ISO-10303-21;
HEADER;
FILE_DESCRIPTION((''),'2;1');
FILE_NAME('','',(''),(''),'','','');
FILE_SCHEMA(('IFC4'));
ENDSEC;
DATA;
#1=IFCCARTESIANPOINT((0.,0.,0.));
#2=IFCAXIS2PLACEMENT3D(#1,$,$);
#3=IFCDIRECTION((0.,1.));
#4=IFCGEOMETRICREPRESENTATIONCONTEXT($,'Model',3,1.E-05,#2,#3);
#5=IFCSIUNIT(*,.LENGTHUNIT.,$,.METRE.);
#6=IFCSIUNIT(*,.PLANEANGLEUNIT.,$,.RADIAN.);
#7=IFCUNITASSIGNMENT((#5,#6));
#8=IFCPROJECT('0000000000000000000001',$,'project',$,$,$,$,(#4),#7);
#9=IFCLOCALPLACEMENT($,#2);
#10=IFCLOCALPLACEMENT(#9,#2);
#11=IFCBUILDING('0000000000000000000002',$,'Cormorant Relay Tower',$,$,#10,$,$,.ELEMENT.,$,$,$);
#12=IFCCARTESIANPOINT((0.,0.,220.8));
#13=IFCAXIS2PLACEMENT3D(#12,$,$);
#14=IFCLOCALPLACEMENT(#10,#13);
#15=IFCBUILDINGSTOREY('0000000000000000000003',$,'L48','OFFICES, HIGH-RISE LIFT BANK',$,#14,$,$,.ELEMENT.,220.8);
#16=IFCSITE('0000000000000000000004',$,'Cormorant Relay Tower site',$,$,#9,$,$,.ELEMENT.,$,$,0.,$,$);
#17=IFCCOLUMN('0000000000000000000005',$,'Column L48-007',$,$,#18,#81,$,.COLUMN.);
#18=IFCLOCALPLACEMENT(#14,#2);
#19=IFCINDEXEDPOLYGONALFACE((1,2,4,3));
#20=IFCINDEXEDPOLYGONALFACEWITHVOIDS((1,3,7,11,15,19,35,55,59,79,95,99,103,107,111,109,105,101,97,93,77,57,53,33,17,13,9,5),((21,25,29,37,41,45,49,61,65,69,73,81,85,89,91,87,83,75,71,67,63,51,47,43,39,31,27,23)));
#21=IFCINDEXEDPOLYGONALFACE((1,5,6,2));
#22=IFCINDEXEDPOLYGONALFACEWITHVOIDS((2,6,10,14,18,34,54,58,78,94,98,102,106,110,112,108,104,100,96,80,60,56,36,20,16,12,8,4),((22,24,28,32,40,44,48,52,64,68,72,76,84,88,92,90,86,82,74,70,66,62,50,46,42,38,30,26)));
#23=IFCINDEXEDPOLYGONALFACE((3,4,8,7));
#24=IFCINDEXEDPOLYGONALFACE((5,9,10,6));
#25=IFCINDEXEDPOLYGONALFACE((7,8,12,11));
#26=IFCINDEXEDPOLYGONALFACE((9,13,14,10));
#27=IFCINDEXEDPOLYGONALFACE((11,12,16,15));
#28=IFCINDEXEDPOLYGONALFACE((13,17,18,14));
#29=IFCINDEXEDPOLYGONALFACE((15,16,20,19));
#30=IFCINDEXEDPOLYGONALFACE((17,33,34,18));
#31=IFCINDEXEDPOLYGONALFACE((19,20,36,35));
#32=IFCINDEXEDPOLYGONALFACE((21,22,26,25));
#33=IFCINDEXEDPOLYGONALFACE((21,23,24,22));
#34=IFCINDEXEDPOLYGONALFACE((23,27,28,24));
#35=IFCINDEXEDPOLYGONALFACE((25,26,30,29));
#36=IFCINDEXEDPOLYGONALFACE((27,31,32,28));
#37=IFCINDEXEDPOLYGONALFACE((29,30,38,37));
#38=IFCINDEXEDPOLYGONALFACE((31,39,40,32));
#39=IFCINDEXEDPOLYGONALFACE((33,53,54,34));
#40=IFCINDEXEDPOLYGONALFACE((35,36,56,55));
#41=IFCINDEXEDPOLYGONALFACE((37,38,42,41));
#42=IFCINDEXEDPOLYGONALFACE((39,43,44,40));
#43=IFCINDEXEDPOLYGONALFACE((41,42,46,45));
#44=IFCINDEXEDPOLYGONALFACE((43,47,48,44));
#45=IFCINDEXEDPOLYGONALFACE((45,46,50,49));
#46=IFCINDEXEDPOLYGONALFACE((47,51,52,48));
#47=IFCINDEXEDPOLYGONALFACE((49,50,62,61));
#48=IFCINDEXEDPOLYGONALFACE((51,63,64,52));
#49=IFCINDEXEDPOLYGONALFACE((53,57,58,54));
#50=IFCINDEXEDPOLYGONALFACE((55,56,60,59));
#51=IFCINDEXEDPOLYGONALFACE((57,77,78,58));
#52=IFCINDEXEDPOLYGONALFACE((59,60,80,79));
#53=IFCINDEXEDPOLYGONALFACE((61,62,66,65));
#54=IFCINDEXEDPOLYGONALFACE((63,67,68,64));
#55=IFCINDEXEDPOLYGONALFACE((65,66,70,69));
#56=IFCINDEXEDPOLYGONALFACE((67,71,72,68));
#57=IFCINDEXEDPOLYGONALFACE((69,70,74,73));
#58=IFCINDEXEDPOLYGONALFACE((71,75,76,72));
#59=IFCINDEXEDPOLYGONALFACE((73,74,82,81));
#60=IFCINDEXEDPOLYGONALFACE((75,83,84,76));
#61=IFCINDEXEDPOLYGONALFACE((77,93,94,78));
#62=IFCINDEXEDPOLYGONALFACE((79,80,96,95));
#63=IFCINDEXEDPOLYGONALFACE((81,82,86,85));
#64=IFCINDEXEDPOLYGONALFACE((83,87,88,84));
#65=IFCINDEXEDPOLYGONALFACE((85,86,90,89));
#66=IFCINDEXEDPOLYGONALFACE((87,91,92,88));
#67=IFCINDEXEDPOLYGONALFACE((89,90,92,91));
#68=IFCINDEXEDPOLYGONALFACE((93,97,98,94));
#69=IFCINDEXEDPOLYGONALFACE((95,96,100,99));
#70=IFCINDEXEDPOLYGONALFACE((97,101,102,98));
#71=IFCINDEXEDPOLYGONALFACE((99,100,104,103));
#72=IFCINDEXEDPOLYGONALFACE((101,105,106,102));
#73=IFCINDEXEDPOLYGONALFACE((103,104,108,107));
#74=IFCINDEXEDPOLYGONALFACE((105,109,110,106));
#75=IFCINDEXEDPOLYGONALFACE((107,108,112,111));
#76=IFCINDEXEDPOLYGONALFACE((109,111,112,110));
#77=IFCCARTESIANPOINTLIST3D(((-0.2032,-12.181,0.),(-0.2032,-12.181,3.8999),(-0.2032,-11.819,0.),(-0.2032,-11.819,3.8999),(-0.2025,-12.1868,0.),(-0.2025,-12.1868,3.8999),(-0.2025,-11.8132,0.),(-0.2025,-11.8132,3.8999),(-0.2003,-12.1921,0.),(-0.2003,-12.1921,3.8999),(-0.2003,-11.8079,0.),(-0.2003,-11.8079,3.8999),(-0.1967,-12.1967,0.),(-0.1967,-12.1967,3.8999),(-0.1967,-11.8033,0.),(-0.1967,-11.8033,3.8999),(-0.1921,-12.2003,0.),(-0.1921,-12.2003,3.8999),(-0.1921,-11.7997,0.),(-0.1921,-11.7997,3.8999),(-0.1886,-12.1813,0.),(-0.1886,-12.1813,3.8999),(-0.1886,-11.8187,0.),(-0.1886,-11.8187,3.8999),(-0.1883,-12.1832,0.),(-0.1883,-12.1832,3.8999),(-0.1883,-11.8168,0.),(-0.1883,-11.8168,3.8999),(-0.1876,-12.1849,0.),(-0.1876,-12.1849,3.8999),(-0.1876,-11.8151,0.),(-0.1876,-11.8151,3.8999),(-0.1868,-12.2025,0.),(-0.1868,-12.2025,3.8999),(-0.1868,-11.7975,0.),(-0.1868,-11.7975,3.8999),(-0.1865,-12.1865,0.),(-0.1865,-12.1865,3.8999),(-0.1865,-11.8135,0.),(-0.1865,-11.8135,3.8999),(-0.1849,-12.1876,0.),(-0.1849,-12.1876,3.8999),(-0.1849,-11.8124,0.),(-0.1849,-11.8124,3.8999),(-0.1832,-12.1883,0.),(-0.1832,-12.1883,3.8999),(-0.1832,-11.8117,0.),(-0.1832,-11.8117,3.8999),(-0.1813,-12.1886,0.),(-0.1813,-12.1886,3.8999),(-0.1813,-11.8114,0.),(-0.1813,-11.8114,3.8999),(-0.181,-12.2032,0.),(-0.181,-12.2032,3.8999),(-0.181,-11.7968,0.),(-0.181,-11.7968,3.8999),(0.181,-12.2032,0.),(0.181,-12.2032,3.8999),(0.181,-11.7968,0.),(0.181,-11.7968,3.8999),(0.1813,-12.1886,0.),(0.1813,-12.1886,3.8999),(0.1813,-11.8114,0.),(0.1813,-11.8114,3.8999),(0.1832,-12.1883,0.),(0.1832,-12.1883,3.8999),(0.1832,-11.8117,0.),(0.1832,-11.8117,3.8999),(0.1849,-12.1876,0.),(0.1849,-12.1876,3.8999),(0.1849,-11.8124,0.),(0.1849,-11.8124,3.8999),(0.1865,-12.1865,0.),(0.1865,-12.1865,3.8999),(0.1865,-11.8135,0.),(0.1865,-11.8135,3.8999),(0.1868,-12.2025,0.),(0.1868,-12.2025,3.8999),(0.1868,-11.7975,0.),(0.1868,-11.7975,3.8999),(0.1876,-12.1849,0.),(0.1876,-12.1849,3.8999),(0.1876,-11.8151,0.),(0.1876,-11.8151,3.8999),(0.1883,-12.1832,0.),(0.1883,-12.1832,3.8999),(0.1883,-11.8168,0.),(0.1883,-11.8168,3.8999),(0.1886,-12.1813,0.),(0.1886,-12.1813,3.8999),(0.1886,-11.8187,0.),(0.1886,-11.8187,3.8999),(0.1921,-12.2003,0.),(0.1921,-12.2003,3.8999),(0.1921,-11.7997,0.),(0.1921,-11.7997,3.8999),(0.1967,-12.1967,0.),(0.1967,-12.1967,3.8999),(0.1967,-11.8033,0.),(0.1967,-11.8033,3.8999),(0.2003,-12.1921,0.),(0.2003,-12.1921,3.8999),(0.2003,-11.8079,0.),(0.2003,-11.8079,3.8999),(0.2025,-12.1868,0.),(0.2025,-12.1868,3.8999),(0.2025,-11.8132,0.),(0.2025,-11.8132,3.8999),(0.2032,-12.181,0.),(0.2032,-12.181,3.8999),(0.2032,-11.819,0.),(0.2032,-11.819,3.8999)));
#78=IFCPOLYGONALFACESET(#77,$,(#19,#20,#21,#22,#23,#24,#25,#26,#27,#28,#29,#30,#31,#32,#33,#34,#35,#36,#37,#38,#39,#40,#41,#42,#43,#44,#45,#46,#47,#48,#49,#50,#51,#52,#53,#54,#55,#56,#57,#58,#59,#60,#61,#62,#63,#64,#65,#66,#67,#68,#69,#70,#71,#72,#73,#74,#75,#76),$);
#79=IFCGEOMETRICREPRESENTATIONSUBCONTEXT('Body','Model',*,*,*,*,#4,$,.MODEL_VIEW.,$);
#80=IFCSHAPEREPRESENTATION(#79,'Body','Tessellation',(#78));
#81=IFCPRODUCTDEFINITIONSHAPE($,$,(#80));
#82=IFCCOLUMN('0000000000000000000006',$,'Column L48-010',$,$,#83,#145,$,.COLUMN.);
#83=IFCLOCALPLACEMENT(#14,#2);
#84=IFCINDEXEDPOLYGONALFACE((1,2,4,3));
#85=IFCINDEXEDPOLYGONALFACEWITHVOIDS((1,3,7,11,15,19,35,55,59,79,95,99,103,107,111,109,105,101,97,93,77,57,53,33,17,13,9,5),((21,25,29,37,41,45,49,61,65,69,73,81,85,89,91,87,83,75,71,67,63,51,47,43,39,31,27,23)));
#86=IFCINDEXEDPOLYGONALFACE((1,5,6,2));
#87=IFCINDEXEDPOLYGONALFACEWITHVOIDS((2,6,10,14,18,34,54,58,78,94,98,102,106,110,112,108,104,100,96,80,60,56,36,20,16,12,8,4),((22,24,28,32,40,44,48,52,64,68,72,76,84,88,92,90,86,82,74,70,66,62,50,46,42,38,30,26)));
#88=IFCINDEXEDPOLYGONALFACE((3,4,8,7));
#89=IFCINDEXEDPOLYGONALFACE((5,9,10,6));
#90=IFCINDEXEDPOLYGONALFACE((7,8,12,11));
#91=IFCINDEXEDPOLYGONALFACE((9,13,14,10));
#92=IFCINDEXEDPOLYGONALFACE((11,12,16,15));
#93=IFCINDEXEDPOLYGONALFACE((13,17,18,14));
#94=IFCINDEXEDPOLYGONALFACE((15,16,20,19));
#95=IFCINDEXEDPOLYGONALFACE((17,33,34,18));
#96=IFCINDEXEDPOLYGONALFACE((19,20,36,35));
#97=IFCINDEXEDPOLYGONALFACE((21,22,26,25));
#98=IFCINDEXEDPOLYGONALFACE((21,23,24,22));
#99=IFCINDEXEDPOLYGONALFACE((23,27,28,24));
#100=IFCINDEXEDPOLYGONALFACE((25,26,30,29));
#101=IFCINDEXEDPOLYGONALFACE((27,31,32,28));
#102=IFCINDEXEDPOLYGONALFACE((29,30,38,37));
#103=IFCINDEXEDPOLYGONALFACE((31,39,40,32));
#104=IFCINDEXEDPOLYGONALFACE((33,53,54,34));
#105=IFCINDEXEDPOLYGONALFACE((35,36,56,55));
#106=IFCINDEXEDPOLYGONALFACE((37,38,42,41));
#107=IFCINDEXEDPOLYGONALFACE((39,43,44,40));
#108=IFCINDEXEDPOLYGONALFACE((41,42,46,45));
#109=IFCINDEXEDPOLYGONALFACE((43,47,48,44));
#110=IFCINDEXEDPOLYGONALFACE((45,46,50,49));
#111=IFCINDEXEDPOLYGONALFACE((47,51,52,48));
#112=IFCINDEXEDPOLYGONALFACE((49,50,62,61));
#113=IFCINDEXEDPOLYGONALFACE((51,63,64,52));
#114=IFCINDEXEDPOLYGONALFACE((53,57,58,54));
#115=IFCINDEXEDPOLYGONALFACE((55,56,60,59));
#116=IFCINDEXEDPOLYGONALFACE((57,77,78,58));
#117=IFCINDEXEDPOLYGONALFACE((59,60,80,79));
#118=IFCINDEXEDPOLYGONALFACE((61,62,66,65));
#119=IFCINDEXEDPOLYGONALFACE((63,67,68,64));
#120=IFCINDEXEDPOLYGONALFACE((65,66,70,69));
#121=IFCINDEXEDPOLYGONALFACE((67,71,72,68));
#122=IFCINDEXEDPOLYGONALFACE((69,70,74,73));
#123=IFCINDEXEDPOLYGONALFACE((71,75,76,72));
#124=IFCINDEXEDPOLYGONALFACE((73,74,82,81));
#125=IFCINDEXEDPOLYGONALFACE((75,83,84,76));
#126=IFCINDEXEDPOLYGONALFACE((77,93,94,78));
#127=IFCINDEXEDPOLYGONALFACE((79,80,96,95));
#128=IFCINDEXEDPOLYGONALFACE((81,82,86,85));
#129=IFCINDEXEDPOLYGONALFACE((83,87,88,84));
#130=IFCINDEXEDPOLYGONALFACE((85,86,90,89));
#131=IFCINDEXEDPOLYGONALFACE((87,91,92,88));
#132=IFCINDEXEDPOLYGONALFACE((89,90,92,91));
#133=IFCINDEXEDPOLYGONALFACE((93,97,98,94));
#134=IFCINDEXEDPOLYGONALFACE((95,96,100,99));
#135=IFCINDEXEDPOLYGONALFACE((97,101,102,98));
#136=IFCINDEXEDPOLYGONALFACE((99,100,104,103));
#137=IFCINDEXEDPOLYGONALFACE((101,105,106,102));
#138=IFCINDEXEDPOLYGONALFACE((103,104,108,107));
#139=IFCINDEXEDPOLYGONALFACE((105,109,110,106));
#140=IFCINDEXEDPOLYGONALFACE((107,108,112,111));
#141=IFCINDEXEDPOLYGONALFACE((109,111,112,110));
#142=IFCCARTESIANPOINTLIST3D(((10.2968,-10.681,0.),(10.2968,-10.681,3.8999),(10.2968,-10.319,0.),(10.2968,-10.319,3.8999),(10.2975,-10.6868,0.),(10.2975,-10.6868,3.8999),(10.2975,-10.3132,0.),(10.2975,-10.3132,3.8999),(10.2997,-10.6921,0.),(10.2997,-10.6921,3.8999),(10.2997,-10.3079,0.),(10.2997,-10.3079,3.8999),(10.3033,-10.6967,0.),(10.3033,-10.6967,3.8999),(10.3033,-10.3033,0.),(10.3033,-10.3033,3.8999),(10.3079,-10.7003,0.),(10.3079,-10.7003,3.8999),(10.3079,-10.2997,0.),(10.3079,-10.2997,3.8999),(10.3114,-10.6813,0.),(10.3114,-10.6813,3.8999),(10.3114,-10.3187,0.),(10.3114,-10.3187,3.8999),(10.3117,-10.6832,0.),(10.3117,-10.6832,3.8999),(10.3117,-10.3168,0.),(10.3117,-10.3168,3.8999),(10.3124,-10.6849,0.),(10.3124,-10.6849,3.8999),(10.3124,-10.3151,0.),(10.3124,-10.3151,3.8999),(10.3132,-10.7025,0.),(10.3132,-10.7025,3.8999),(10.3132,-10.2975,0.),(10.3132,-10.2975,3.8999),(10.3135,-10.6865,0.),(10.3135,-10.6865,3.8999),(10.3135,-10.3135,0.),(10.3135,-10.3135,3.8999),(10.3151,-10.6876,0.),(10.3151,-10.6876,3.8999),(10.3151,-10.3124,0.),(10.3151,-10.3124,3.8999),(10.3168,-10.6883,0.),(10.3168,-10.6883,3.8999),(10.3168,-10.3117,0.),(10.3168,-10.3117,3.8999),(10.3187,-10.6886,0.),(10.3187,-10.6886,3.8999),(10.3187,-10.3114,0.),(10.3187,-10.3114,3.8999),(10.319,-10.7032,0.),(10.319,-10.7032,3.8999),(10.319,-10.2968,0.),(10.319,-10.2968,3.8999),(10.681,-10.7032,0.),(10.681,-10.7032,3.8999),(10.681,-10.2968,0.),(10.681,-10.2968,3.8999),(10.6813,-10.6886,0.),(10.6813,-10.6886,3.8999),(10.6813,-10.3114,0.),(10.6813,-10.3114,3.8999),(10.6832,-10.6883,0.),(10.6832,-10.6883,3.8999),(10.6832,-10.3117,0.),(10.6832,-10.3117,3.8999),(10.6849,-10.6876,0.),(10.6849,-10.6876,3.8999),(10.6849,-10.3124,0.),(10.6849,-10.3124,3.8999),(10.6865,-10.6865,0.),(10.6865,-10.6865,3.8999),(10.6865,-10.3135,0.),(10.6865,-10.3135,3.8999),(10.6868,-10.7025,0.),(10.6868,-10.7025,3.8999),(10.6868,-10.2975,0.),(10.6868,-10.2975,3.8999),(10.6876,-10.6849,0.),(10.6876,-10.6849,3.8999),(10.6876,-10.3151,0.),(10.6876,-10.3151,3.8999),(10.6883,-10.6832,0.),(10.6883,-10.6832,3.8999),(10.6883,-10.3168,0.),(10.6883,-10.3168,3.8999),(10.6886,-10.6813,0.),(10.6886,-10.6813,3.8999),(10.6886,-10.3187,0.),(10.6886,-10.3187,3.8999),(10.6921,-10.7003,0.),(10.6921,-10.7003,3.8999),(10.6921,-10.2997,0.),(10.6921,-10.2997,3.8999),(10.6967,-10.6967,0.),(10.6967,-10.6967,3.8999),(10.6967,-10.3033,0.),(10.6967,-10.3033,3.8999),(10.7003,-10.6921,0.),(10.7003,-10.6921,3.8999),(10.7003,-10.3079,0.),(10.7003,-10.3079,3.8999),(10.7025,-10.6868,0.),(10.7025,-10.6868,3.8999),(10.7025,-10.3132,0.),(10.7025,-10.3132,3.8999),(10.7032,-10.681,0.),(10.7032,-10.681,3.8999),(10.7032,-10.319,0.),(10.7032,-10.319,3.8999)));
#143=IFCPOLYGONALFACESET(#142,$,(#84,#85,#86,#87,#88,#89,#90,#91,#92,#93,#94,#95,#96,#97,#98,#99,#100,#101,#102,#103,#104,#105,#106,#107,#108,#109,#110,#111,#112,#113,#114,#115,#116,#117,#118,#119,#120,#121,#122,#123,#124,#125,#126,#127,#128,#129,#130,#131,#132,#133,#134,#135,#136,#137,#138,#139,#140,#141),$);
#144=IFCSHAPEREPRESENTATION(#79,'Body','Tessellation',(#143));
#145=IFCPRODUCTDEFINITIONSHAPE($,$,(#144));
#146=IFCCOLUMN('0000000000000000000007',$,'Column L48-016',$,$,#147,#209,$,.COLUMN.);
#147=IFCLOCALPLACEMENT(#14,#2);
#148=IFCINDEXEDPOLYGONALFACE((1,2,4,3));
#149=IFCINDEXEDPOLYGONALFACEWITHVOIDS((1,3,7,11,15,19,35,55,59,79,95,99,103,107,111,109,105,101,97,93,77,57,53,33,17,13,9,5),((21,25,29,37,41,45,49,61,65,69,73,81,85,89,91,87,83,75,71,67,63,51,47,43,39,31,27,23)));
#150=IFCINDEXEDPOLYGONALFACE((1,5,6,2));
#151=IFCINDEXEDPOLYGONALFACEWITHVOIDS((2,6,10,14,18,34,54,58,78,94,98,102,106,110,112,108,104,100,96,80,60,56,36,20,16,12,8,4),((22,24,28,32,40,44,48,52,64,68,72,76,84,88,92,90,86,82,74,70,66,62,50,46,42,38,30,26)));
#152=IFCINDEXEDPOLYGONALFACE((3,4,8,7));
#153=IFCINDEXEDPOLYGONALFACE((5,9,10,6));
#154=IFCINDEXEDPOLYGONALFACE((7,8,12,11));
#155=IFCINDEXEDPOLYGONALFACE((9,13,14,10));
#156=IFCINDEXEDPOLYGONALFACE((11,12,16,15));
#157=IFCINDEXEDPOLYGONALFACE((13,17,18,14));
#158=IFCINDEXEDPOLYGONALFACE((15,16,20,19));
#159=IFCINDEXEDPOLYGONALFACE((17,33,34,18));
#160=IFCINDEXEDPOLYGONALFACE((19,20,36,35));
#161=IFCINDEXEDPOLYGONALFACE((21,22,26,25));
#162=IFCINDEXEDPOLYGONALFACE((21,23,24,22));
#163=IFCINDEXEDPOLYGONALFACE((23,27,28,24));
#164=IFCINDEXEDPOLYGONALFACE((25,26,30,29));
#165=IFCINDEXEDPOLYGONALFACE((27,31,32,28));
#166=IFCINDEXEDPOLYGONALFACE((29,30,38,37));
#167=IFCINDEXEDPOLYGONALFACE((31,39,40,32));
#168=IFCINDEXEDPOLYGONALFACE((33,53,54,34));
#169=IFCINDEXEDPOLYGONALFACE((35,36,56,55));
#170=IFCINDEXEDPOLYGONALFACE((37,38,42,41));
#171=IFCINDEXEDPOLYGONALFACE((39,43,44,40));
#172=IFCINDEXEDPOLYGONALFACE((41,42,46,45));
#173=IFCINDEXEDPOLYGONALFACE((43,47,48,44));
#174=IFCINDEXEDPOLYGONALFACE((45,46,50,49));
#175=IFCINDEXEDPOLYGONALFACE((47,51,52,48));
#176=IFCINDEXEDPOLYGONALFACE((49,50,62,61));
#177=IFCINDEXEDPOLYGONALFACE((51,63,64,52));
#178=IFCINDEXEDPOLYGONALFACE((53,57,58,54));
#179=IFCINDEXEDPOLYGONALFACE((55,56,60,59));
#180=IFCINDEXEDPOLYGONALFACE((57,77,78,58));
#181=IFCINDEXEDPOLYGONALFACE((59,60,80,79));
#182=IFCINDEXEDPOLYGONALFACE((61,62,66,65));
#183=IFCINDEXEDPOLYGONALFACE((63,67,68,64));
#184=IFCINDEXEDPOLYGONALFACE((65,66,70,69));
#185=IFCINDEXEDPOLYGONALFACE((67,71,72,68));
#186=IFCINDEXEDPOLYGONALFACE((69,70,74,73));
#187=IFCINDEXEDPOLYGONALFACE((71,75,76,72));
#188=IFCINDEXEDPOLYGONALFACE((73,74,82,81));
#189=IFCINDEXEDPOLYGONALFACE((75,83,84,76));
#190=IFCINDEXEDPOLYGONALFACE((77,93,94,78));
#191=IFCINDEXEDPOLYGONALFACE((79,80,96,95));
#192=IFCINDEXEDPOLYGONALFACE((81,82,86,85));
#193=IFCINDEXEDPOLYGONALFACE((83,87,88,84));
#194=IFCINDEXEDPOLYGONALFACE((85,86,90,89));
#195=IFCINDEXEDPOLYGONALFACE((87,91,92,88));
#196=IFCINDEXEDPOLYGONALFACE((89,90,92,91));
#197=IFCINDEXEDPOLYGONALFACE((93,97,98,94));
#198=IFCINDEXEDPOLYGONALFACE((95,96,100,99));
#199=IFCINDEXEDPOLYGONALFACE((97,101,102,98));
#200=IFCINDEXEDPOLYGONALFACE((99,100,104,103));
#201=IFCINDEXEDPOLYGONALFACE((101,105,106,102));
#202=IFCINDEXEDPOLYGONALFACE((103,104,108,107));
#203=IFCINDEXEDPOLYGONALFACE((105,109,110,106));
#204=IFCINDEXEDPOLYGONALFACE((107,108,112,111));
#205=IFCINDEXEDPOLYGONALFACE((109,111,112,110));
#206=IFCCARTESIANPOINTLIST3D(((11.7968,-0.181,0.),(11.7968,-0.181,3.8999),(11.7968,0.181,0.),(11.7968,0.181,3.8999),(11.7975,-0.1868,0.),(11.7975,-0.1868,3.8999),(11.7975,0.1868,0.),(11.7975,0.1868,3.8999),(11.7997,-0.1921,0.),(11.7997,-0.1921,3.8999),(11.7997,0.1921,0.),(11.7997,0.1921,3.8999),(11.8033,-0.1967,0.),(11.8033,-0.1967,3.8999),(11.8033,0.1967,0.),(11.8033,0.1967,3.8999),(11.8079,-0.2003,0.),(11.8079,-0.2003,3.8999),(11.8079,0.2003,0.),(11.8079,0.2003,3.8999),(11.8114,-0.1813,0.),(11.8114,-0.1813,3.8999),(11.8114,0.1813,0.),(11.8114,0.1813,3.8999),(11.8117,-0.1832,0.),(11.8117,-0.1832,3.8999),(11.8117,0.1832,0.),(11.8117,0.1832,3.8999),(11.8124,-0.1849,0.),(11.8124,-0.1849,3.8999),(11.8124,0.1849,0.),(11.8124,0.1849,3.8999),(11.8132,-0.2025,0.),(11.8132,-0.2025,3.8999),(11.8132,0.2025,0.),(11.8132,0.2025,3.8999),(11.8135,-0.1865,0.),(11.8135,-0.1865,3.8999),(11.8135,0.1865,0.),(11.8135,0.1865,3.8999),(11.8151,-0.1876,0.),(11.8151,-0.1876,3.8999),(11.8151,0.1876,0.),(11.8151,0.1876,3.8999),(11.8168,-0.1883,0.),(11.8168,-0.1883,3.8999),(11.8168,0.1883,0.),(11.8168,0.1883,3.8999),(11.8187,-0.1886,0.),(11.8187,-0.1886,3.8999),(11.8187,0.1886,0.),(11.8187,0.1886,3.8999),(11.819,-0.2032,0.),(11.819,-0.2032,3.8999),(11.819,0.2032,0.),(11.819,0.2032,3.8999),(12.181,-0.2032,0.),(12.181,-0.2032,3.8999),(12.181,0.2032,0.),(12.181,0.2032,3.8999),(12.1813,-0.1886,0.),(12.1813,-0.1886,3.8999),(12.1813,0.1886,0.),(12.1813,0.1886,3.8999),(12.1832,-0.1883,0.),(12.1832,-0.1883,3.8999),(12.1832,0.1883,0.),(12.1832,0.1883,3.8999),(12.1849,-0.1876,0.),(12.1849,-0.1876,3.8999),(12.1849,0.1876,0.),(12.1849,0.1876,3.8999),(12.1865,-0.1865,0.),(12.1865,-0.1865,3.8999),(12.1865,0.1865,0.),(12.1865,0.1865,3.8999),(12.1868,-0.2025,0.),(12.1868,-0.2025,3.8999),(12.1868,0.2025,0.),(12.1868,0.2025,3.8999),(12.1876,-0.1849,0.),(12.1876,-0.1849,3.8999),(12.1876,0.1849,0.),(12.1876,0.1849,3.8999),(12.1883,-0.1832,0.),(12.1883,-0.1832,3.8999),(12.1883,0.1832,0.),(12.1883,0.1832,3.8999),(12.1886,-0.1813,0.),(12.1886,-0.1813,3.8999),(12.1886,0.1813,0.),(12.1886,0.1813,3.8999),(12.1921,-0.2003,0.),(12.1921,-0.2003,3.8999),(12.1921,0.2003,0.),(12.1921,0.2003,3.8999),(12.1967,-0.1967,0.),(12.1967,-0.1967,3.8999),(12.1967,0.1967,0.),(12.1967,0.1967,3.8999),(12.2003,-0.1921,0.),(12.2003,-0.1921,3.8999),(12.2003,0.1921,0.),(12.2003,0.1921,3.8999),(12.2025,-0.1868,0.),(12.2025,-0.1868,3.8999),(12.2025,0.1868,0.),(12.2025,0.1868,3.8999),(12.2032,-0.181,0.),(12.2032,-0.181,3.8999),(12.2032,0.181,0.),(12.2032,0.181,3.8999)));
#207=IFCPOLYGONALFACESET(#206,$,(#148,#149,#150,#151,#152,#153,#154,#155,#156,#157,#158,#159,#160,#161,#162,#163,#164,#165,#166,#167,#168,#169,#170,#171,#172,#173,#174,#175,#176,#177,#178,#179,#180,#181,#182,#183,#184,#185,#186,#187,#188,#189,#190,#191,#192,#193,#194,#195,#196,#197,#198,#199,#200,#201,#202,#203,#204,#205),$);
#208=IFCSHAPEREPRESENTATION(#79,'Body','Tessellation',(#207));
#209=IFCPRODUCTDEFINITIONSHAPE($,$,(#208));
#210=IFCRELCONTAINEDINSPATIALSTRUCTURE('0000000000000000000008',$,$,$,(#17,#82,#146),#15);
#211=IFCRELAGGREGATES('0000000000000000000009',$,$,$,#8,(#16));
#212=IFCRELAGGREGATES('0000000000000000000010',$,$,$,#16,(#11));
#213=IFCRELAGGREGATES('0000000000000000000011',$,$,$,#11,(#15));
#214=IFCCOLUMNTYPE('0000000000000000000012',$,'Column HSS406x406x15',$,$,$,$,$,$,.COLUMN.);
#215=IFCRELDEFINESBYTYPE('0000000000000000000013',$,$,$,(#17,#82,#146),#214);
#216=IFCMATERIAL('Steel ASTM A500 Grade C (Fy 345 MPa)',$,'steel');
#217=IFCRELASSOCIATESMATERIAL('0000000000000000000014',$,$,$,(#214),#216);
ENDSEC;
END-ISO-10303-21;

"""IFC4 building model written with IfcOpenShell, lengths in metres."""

from ifc_helpers import new_model, si_unit, direction, frame, origin, origin_2d, place, context, subcontext, project, spatial, hollow_rectangle, extrude, material, material_profile, profile_set, type_object, element, save


model = new_model("IFC4")

# Units and contexts
model_context = context("Model", 3, precision=1e-05, world=origin(), true_north=direction((0.0, 1.0)))
body_context = subcontext(model_context, "Body", "Model", "MODEL_VIEW")
ifc_project = project(units=[si_unit("LENGTHUNIT", "METRE"), si_unit("PLANEANGLEUNIT", "RADIAN")], contexts=[model_context])

# Site, building, storey
site_placement = place(None, origin())
site = spatial("IfcSite", under=ifc_project, at=site_placement, Name="Cormorant Relay Tower site", CompositionType="ELEMENT", RefElevation=0.0)
building_placement = place(site_placement, origin())
building = spatial("IfcBuilding", under=site, at=building_placement, Name="Cormorant Relay Tower", CompositionType="ELEMENT")
storey_placement = place(building_placement, frame((0.0, 0.0, 220.8)))
storey = spatial("IfcBuildingStorey", under=building, at=storey_placement, Name="L48", Description="OFFICES, HIGH-RISE LIFT BANK", CompositionType="ELEMENT", Elevation=220.8)

# Columns
ifc_material_1 = material(Name="Steel ASTM A500 Grade C (Fy 345 MPa)", Category="steel")
ifc_material_profile_1 = material_profile(ifc_material_1, hollow_rectangle(XDim=0.4065, YDim=0.4065, WallThickness=0.0146, InnerFilletRadius=0.0073, OuterFilletRadius=0.0222, at=origin_2d()), Name="HSS406x406x15")
ifc_profile_set_1 = profile_set([ifc_material_profile_1], Name="Steel ASTM A500 Grade C (Fy 345 MPa)")
column_type_1 = type_object("IfcColumnType", Name="Column HSS406x406x15", PredefinedType="COLUMN", material=ifc_profile_set_1)
for number, where, z_axis, x_axis, name in (
    (1, (0.0, -12.0, 0.0), (0.0, 0.0, 1.0), (1.0, 0.0, 0.0), "Column L48-007"),
    (2, (10.5, -10.5, 0.0), (0.0, 0.0, 1.0), (1.0, 0.0, 0.0), "Column L48-010"),
    (3, (12.0, 0.0, 0.0), (0.0, 0.0, 1.0), (1.0, 0.0, 0.0), "Column L48-016"),
):
    element("IfcColumn", number, at=place(storey_placement, frame(where, z_axis=z_axis, x_axis=x_axis)), inside=storey, type_object=column_type_1, Name=name, PredefinedType="COLUMN", context=body_context, shape_type="SweptSolid", body=[
        extrude(hollow_rectangle(XDim=0.4065, YDim=0.4065, WallThickness=0.0146, InnerFilletRadius=0.0073, OuterFilletRadius=0.0222, at=origin_2d()), origin(), (0.0, 0.0, 1.0), 3.8999),
    ])

save(model, "model.ifc")
